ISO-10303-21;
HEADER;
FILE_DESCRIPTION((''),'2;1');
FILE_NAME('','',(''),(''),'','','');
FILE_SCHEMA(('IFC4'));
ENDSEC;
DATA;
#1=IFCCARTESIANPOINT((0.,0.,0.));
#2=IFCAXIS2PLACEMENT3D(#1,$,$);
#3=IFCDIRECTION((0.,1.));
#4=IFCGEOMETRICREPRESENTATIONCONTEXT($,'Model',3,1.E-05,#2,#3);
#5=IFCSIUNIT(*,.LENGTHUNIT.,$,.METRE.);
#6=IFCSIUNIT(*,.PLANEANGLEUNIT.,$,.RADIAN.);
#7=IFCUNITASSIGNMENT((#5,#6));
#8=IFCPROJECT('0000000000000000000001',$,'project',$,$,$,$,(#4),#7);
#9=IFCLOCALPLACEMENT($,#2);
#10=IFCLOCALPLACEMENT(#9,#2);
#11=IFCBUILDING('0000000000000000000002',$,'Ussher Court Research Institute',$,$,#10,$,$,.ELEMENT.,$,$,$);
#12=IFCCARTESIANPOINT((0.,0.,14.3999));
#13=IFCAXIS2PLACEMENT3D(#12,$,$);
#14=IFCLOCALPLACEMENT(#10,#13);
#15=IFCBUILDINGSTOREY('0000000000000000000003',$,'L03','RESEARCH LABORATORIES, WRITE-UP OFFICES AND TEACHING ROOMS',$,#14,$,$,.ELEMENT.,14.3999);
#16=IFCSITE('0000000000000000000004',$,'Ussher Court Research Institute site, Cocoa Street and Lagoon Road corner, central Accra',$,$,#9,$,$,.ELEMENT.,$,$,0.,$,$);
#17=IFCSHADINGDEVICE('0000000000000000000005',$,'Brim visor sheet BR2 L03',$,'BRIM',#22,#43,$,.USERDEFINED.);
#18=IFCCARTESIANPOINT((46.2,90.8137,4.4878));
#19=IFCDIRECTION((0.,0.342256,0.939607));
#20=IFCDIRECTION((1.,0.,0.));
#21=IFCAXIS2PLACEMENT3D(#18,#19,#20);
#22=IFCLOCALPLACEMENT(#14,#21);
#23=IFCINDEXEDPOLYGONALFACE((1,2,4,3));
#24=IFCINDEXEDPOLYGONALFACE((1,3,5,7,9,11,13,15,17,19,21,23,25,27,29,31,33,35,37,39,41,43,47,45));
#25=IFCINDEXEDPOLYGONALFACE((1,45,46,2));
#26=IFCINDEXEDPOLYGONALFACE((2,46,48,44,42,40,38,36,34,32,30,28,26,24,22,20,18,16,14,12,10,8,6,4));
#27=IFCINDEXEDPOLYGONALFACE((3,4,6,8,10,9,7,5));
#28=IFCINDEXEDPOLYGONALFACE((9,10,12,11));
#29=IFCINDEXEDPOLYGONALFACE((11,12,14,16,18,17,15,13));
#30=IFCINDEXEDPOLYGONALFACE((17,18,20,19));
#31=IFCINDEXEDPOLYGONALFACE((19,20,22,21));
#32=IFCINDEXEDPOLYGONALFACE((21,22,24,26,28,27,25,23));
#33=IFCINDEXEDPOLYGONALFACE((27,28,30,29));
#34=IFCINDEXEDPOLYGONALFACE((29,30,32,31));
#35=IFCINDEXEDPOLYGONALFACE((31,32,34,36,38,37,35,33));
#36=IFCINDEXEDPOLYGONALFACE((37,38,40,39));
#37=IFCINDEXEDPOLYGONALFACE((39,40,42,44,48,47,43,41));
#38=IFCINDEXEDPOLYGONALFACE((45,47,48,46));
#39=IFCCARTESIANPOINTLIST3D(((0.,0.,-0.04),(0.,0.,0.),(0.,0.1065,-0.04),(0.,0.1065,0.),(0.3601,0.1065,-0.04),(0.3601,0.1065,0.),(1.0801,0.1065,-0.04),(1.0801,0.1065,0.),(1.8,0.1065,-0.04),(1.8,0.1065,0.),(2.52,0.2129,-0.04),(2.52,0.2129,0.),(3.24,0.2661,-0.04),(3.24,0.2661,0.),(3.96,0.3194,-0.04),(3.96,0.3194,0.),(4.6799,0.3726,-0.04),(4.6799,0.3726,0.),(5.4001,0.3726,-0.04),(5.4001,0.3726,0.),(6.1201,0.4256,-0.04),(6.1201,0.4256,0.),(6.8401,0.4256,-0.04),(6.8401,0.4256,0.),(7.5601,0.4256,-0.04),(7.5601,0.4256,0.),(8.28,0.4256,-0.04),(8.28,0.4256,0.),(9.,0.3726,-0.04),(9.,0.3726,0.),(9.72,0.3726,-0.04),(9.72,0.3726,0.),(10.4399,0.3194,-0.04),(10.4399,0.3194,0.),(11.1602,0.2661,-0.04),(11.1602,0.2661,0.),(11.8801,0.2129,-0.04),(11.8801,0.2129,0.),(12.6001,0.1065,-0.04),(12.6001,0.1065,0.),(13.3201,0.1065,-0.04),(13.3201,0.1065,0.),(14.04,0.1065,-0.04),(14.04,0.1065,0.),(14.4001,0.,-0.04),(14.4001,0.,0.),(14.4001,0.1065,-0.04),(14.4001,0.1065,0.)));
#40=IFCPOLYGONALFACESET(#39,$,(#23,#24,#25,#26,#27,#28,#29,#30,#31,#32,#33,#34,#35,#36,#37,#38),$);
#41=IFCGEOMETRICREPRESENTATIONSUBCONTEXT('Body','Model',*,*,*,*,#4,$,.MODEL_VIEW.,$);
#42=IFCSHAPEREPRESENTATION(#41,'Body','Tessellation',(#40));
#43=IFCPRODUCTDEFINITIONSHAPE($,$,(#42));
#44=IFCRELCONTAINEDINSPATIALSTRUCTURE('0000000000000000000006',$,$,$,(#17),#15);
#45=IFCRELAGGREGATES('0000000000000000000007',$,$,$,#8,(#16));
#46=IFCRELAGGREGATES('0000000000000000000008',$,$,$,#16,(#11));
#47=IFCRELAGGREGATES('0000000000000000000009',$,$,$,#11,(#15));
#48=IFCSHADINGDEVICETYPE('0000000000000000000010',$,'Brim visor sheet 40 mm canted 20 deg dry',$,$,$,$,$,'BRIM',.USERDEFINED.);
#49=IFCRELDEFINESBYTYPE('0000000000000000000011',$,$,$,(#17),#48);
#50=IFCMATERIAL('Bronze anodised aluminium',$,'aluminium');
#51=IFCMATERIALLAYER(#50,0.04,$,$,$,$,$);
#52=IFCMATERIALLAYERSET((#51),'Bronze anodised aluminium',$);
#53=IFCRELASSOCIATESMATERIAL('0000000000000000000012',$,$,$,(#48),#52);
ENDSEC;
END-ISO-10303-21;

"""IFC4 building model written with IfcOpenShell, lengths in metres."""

from ifc_helpers import new_model, si_unit, direction, frame, origin, place, context, subcontext, project, spatial, polyline, outline, extrude, material, layer, layer_set, type_object, element, save


model = new_model("IFC4")

# Units and contexts
model_context = context("Model", 3, precision=1e-05, world=origin(), true_north=direction((0.0, 1.0)))
body_context = subcontext(model_context, "Body", "Model", "MODEL_VIEW")
ifc_project = project(units=[si_unit("LENGTHUNIT", "METRE"), si_unit("PLANEANGLEUNIT", "RADIAN")], contexts=[model_context])

# Site, building, storey
site_placement = place(None, origin())
site = spatial("IfcSite", under=ifc_project, at=site_placement, Name="Ussher Court Research Institute site, Cocoa Street and Lagoon Road corner, central Accra", CompositionType="ELEMENT", RefElevation=0.0)
building_placement = place(site_placement, origin())
building = spatial("IfcBuilding", under=site, at=building_placement, Name="Ussher Court Research Institute", CompositionType="ELEMENT")
storey_placement = place(building_placement, frame((0.0, 0.0, 14.3999)))
storey = spatial("IfcBuildingStorey", under=building, at=storey_placement, Name="L03", Description="RESEARCH LABORATORIES, WRITE-UP OFFICES AND TEACHING ROOMS", CompositionType="ELEMENT", Elevation=14.3999)

# Shading device
ifc_material_1 = material(Name="Bronze anodised aluminium", Category="aluminium")
ifc_layer_1 = layer(ifc_material_1, 0.04)
ifc_layer_set_1 = layer_set([ifc_layer_1], Name="Bronze anodised aluminium")
shading_device_type_1 = type_object("IfcShadingDeviceType", Name="Brim visor sheet 40 mm canted 20 deg dry", ElementType="BRIM", PredefinedType="USERDEFINED", material=ifc_layer_set_1)
shading_device_placement = place(storey_placement, frame((46.2, 90.8137, 4.4878), z_axis=(0.0, 0.342256, 0.939607), x_axis=(1.0, 0.0, 0.0)))
element("IfcShadingDevice", 1, at=shading_device_placement, inside=storey, type_object=shading_device_type_1, Name="Brim visor sheet BR2 L03", ObjectType="BRIM", PredefinedType="USERDEFINED", context=body_context, shape_type="SweptSolid", body=[
    extrude(outline(polyline([(0.0, 0.0), (14.4001, 0.0), (14.4001, 0.1065), (14.04, 0.1065), (13.3201, 0.1065), (12.6001, 0.1065), (11.8801, 0.2129), (11.1602, 0.2661), (10.4399, 0.3194), (9.72, 0.3726), (9.0, 0.3726), (8.28, 0.4256), (7.5601, 0.4256), (6.8401, 0.4256), (6.1201, 0.4256), (5.4001, 0.3726), (4.6799, 0.3726), (3.96, 0.3194), (3.24, 0.2661), (2.52, 0.2129), (1.8, 0.1065), (1.0801, 0.1065), (0.3601, 0.1065), (0.0, 0.1065), (0.0, 0.0)])), origin(), (0.0, 0.0, -1.0), 0.04),
])

save(model, "model.ifc")
